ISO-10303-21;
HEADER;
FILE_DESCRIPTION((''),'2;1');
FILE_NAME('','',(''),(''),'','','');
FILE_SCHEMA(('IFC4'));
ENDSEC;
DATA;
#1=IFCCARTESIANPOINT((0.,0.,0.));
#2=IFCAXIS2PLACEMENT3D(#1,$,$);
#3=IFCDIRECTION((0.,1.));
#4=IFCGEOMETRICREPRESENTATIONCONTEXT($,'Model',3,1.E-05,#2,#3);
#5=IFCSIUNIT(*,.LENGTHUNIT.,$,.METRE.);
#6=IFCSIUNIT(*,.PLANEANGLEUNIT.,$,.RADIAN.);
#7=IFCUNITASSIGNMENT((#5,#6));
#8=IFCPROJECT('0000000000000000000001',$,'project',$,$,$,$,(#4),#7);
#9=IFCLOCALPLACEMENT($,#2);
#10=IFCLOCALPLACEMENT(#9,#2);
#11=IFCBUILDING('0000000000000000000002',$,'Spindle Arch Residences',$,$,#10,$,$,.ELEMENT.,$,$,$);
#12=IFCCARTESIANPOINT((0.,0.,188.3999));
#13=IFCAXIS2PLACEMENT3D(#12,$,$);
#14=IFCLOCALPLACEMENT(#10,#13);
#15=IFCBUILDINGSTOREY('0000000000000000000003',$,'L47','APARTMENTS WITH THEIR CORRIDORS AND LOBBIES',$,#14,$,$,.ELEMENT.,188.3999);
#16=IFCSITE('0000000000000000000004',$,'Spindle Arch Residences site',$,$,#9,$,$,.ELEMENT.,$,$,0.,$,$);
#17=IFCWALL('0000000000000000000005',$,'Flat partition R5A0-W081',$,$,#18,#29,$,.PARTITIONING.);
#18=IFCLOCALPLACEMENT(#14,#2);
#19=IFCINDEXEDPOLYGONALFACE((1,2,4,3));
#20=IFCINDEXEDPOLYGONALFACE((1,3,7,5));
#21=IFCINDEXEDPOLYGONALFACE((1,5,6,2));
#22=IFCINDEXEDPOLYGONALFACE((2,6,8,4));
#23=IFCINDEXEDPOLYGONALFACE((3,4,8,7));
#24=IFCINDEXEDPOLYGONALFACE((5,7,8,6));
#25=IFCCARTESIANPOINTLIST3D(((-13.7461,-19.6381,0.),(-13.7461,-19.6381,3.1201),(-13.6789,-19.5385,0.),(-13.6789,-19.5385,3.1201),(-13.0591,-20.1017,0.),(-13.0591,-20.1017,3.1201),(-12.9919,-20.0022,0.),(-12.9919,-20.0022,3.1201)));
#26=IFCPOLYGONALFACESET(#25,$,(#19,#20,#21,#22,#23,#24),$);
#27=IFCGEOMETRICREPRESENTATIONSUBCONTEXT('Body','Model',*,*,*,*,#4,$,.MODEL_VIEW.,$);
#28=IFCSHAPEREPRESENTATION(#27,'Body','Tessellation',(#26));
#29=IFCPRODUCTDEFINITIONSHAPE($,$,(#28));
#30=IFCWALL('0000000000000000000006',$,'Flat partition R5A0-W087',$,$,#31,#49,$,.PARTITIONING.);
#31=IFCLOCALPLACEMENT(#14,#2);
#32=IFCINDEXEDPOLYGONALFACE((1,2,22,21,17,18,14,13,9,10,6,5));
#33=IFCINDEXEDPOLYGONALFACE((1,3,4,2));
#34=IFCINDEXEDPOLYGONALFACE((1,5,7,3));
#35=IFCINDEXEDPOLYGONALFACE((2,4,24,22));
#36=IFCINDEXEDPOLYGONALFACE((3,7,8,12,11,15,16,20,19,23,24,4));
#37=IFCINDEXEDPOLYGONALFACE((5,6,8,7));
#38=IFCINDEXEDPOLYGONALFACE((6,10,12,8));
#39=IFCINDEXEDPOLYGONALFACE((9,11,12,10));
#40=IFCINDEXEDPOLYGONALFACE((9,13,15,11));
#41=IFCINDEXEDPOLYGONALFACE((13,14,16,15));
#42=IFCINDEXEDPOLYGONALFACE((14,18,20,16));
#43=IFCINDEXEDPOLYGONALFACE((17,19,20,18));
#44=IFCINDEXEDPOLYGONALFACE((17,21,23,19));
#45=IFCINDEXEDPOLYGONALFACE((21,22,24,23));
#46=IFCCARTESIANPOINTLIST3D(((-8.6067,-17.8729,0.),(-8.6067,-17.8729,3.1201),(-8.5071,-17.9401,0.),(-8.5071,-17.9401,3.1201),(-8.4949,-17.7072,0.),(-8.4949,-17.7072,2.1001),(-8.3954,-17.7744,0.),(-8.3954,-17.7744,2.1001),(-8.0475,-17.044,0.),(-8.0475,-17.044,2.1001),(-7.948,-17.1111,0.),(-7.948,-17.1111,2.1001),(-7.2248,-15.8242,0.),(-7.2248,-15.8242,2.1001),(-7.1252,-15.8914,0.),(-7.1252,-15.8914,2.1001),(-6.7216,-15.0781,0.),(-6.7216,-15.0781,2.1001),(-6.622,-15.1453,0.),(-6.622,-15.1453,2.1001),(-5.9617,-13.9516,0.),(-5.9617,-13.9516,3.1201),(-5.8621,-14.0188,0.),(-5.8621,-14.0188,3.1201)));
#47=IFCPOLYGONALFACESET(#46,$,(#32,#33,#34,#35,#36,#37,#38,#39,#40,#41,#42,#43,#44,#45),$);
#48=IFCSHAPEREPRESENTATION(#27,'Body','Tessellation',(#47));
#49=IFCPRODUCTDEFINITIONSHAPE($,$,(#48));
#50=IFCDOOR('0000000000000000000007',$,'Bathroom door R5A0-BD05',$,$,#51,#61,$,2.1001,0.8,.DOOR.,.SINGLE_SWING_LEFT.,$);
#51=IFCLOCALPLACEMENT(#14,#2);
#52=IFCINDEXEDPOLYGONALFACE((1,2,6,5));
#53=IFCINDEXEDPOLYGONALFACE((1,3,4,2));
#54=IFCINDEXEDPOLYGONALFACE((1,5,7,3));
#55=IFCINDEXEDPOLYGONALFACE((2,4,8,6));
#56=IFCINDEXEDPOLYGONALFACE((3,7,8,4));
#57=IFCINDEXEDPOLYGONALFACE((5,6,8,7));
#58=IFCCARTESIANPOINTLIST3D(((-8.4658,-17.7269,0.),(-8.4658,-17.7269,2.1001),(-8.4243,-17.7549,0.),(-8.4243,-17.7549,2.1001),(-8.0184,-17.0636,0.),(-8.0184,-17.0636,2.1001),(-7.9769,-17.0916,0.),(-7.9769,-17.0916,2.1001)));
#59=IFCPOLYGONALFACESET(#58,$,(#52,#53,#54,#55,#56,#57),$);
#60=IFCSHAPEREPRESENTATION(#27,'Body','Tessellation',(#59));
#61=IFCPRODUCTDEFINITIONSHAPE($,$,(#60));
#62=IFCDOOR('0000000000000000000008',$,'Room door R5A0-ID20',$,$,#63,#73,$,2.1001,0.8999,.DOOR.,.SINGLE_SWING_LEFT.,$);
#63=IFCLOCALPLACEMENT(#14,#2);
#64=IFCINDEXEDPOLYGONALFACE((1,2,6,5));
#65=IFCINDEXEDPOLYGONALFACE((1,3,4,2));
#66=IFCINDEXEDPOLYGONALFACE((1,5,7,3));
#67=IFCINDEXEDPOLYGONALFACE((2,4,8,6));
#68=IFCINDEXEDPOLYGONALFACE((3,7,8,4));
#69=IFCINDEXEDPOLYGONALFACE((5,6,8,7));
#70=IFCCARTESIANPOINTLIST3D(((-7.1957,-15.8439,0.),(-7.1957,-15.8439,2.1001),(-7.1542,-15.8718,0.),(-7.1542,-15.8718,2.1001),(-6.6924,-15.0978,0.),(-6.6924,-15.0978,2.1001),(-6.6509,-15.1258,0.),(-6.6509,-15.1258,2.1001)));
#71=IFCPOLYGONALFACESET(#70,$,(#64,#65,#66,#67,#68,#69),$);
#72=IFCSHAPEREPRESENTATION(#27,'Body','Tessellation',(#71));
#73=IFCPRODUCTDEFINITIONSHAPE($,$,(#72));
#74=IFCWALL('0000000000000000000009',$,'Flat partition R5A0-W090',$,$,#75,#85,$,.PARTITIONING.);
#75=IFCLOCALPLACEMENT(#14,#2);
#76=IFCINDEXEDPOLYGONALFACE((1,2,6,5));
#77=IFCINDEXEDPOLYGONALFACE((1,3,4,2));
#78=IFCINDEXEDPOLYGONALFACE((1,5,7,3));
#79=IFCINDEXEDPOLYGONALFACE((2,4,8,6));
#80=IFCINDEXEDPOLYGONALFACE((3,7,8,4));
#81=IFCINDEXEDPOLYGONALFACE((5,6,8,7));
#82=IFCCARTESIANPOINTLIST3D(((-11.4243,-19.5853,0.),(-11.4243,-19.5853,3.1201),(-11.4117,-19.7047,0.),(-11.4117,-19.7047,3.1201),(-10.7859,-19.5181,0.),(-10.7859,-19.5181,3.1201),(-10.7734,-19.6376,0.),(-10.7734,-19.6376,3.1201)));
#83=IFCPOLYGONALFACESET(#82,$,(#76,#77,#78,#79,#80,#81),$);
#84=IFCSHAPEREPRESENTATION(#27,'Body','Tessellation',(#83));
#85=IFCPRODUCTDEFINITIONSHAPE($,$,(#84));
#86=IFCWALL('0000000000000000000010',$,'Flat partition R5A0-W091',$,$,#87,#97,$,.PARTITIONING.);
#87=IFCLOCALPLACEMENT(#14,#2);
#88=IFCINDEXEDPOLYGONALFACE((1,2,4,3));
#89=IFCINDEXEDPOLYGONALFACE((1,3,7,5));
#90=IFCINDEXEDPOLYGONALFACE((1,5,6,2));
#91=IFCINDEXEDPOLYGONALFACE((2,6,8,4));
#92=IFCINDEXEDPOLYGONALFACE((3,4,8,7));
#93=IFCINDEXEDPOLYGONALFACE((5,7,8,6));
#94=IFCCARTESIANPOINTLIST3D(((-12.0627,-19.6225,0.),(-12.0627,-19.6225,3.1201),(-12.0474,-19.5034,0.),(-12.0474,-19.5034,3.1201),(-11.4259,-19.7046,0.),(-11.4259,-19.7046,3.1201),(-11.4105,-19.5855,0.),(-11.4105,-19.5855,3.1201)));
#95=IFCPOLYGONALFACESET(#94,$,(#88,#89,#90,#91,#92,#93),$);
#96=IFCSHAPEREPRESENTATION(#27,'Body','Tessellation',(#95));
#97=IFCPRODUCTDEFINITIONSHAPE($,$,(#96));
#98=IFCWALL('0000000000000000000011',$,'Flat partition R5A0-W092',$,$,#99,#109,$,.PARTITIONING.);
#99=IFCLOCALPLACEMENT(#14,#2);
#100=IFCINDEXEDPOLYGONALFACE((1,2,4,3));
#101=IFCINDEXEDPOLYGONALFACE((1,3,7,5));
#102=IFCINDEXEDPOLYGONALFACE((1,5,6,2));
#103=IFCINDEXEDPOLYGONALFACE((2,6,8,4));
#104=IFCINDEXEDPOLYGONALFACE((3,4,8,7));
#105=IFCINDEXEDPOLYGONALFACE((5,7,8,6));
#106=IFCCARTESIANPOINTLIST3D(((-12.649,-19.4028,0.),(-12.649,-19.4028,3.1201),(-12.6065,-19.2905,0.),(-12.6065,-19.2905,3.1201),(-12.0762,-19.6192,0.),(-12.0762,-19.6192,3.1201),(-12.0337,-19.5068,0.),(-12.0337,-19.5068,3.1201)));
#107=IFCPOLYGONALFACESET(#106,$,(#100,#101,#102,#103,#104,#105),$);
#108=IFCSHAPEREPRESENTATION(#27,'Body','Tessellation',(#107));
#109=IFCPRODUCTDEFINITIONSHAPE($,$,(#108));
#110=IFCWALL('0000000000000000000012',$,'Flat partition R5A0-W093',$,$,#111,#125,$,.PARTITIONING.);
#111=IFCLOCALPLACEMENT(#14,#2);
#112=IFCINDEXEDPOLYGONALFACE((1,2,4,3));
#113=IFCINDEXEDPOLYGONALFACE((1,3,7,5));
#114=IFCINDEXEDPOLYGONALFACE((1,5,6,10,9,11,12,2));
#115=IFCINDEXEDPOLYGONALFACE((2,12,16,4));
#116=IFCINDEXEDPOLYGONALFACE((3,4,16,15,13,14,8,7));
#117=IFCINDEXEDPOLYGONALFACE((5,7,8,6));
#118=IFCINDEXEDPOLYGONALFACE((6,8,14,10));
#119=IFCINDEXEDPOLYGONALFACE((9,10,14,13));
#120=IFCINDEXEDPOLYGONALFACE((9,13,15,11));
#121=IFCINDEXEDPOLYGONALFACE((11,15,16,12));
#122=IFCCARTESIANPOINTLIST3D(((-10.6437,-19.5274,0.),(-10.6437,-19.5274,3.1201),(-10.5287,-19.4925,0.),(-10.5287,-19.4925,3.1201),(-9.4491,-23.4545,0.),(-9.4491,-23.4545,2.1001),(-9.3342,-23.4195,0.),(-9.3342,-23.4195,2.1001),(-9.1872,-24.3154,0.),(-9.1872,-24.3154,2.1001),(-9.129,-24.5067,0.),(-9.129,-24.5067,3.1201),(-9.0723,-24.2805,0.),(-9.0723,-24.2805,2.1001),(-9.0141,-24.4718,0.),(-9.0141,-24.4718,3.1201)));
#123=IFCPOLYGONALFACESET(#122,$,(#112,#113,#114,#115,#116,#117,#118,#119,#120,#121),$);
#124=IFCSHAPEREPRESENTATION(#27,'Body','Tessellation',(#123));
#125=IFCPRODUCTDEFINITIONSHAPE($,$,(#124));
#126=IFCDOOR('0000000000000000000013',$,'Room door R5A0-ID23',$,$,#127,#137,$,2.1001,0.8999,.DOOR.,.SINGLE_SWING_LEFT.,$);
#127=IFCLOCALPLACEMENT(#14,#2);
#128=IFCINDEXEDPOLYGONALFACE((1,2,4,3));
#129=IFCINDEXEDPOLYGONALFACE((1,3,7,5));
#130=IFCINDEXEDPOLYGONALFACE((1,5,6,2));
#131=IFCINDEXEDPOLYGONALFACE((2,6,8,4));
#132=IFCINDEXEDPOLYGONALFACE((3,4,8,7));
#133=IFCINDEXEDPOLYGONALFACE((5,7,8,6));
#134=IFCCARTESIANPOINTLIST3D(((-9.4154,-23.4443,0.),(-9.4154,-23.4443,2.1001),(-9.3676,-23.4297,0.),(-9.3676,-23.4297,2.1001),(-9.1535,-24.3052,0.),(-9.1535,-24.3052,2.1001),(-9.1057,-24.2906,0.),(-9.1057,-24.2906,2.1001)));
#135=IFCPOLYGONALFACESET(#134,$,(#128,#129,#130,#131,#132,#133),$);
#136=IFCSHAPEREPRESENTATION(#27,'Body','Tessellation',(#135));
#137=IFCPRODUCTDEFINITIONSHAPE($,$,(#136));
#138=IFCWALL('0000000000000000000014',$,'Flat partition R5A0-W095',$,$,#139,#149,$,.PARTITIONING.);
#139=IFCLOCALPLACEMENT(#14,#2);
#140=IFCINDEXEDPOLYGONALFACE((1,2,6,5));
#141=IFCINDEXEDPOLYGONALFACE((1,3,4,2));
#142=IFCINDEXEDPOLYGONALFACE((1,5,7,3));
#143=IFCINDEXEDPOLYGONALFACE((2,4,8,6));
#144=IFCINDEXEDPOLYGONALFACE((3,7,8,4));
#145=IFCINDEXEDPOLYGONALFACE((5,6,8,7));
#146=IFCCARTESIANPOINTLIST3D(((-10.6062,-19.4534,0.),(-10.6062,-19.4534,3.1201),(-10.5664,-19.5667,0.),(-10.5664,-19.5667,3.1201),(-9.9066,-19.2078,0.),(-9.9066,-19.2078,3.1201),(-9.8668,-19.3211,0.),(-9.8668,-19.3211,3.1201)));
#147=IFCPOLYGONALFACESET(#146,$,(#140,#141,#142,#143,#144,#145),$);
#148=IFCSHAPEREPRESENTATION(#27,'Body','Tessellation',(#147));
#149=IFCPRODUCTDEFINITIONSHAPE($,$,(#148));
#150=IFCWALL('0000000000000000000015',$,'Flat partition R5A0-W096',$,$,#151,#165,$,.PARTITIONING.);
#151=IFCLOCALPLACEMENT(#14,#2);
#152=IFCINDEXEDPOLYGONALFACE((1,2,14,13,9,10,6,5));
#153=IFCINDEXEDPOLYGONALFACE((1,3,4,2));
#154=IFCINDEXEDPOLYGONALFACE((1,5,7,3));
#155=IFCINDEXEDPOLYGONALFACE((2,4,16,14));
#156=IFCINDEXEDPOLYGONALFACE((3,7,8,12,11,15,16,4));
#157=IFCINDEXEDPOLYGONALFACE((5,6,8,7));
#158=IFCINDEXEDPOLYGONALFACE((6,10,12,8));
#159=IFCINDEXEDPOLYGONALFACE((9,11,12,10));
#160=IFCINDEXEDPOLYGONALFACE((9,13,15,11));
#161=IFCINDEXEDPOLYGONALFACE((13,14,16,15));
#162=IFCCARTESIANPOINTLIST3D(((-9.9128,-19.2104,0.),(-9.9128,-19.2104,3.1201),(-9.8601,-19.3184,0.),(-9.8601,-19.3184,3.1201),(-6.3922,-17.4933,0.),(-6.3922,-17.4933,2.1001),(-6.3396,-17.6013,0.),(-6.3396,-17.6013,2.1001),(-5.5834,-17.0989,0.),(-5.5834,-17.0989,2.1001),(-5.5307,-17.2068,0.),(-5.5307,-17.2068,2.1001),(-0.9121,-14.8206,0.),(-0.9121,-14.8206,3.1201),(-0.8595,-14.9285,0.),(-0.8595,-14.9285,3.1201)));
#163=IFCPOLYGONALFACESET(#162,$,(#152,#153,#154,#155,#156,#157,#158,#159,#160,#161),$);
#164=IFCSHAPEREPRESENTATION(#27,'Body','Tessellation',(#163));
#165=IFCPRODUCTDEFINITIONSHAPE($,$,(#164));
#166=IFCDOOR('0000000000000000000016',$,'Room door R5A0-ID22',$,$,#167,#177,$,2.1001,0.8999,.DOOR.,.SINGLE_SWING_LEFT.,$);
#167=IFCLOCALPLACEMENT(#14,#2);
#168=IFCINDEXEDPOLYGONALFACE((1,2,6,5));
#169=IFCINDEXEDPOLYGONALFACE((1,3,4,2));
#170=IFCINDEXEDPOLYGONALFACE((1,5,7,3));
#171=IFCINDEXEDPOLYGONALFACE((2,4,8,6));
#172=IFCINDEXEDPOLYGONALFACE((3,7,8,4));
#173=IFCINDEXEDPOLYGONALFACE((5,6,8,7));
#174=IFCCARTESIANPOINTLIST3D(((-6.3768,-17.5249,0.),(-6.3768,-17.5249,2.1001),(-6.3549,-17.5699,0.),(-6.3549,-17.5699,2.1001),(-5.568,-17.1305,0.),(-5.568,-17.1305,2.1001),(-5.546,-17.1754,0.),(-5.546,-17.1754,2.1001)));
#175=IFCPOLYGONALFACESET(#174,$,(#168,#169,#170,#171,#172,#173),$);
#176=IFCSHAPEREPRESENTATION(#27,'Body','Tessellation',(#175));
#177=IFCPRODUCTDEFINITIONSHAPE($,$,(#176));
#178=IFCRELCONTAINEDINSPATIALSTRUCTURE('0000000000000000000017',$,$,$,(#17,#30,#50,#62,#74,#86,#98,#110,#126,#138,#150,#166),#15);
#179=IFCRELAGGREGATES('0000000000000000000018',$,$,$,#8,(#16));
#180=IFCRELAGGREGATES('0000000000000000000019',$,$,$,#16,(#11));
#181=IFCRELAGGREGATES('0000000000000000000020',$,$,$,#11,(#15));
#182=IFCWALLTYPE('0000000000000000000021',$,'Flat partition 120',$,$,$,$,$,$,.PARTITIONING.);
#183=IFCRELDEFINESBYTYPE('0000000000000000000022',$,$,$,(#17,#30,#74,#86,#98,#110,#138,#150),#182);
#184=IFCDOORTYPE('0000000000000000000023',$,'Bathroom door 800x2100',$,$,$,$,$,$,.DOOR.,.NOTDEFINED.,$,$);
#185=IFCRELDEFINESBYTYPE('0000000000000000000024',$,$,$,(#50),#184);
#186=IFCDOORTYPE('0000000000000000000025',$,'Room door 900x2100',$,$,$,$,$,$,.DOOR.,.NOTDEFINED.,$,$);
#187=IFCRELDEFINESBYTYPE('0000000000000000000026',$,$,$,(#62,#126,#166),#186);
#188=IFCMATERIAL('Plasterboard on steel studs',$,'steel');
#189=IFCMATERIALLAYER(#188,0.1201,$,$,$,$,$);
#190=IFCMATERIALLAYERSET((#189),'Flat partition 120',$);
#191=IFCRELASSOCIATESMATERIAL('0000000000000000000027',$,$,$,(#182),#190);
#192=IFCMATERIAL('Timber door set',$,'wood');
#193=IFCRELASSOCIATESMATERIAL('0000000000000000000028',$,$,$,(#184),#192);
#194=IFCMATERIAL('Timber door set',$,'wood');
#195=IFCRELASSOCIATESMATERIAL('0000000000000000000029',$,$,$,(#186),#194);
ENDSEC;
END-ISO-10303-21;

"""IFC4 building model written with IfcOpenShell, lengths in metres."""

from ifc_helpers import new_model, si_unit, direction, frame, frame_2d, origin, place, context, subcontext, project, spatial, rectangle, extrude, material, layer, layer_set, type_object, element, fill, save


model = new_model("IFC4")

# Units and contexts
model_context = context("Model", 3, precision=1e-05, world=origin(), true_north=direction((0.0, 1.0)))
body_context = subcontext(model_context, "Body", "Model", "MODEL_VIEW")
ifc_project = project(units=[si_unit("LENGTHUNIT", "METRE"), si_unit("PLANEANGLEUNIT", "RADIAN")], contexts=[model_context])

# Site, building, storey
site_placement = place(None, origin())
site = spatial("IfcSite", under=ifc_project, at=site_placement, Name="Spindle Arch Residences site", CompositionType="ELEMENT", RefElevation=0.0)
building_placement = place(site_placement, origin())
building = spatial("IfcBuilding", under=site, at=building_placement, Name="Spindle Arch Residences", CompositionType="ELEMENT")
storey_placement = place(building_placement, frame((0.0, 0.0, 188.3999)))
storey = spatial("IfcBuildingStorey", under=building, at=storey_placement, Name="L47", Description="APARTMENTS WITH THEIR CORRIDORS AND LOBBIES", CompositionType="ELEMENT", Elevation=188.3999)

# Wall
ifc_material_1 = material(Name="Plasterboard on steel studs", Category="steel")
ifc_layer_1 = layer(ifc_material_1, 0.1201)
ifc_layer_set_1 = layer_set([ifc_layer_1], Name="Flat partition 120")
wall_type_1 = type_object("IfcWallType", Name="Flat partition 120", PredefinedType="PARTITIONING", material=ifc_layer_set_1)
wall_1_placement = place(storey_placement, frame((-13.0254, -20.052, 0.0), z_axis=(0.0, 0.0, 1.0), x_axis=(-0.82891, 0.559382, 0.0)))
element("IfcWall", 1, at=wall_1_placement, inside=storey, type_object=wall_type_1, Name="Flat partition R5A0-W081", PredefinedType="PARTITIONING", context=body_context, shape_type="SweptSolid", body=[
    extrude(rectangle(XDim=0.8289, YDim=0.1201, at=frame_2d((0.4146, 0.0))), origin(), (0.0, 0.0, 1.0), 3.1201),
])

# Wall, openings, doors
wall_2_placement = place(storey_placement, frame((-8.5569, -17.9065, 0.0), z_axis=(0.0, 0.0, 1.0), x_axis=(0.559194, 0.829037, 0.0)))
wall_2 = element("IfcWall", 2, at=wall_2_placement, inside=storey, type_object=wall_type_1, Name="Flat partition R5A0-W087", PredefinedType="PARTITIONING", context=body_context, shape_type="SweptSolid", body=[
    extrude(rectangle(XDim=4.73, YDim=0.1201, at=frame_2d((2.365, 0.0))), origin(), (0.0, 0.0, 1.0), 3.1201),
])
opening_1_placement = place(wall_2_placement, frame((0.2, 0.0, 0.0)))
opening_1 = element("IfcOpeningElement", 3, at=opening_1_placement, cuts=wall_2, PredefinedType="OPENING", context=body_context, shape_type="SweptSolid", body=[
    extrude(rectangle(XDim=0.8, YDim=2.1001, at=frame_2d((0.3999, 1.05))), frame((0.0, 0.0701, 0.0), z_axis=(0.0, -1.0, 0.0), x_axis=(1.0, 0.0, 0.0)), (0.0, 0.0, 1.0), 0.1401),
])
opening_2_placement = place(wall_2_placement, frame((2.4712, 0.0, 0.0)))
opening_2 = element("IfcOpeningElement", 4, at=opening_2_placement, cuts=wall_2, PredefinedType="OPENING", context=body_context, shape_type="SweptSolid", body=[
    extrude(rectangle(XDim=0.8999, YDim=2.1001, at=frame_2d((0.45, 1.05))), frame((0.0, 0.0701, 0.0), z_axis=(0.0, -1.0, 0.0), x_axis=(1.0, 0.0, 0.0)), (0.0, 0.0, 1.0), 0.1401),
])
ifc_material_2 = material(Name="Timber door set", Category="wood")
door_type_1 = type_object("IfcDoorType", Name="Bathroom door 800x2100", OperationType="NOTDEFINED", PredefinedType="DOOR", material=ifc_material_2)
door_1_placement = place(opening_1_placement, origin())
door_1 = element("IfcDoor", 5, at=door_1_placement, inside=storey, type_object=door_type_1, Name="Bathroom door R5A0-BD05", OperationType="SINGLE_SWING_LEFT", OverallHeight=2.1001, OverallWidth=0.8, PredefinedType="DOOR", context=body_context, shape_type="SweptSolid", body=[
    extrude(rectangle(XDim=0.8, YDim=2.1001, at=frame_2d((0.3999, 1.05))), frame((0.0, 0.0249, 0.0), z_axis=(0.0, -1.0, 0.0), x_axis=(1.0, 0.0, 0.0)), (0.0, 0.0, 1.0), 0.05),
])
fill(opening_1, door_1)
ifc_material_3 = material(Name="Timber door set", Category="wood")
door_type_2 = type_object("IfcDoorType", Name="Room door 900x2100", OperationType="NOTDEFINED", PredefinedType="DOOR", material=ifc_material_3)
door_2_placement = place(opening_2_placement, origin())
door_2 = element("IfcDoor", 6, at=door_2_placement, inside=storey, type_object=door_type_2, Name="Room door R5A0-ID20", OperationType="SINGLE_SWING_LEFT", OverallHeight=2.1001, OverallWidth=0.8999, PredefinedType="DOOR", context=body_context, shape_type="SweptSolid", body=[
    extrude(rectangle(XDim=0.8999, YDim=2.1001, at=frame_2d((0.45, 1.05))), frame((0.0, 0.0249, 0.0), z_axis=(0.0, -1.0, 0.0), x_axis=(1.0, 0.0, 0.0)), (0.0, 0.0, 1.0), 0.05),
])
fill(opening_2, door_2)

# Walls
wall_3_placement = place(storey_placement, frame((-10.7798, -19.5779, 0.0), z_axis=(0.0, 0.0, 1.0), x_axis=(-0.994516, -0.104586, 0.0)))
element("IfcWall", 7, at=wall_3_placement, inside=storey, type_object=wall_type_1, Name="Flat partition R5A0-W090", PredefinedType="PARTITIONING", context=body_context, shape_type="SweptSolid", body=[
    extrude(rectangle(XDim=0.6418, YDim=0.1201, at=frame_2d((0.3208, 0.0))), origin(), (0.0, 0.0, 1.0), 3.1201),
])
wall_4_placement = place(storey_placement, frame((-11.4182, -19.645, 0.0), z_axis=(0.0, 0.0, 1.0), x_axis=(-0.991803, 0.127778, 0.0)))
element("IfcWall", 8, at=wall_4_placement, inside=storey, type_object=wall_type_1, Name="Flat partition R5A0-W091", PredefinedType="PARTITIONING", context=body_context, shape_type="SweptSolid", body=[
    extrude(rectangle(XDim=0.6421, YDim=0.1201, at=frame_2d((0.321, 0.0))), origin(), (0.0, 0.0, 1.0), 3.1201),
])
wall_5_placement = place(storey_placement, frame((-12.0549, -19.563, 0.0), z_axis=(0.0, 0.0, 1.0), x_axis=(-0.935507, 0.353308, 0.0)))
element("IfcWall", 9, at=wall_5_placement, inside=storey, type_object=wall_type_1, Name="Flat partition R5A0-W092", PredefinedType="PARTITIONING", context=body_context, shape_type="SweptSolid", body=[
    extrude(rectangle(XDim=0.6123, YDim=0.1201, at=frame_2d((0.3062, 0.0))), origin(), (0.0, 0.0, 1.0), 3.1201),
])

# Wall, opening, door
wall_6_placement = place(storey_placement, frame((-9.0715, -24.4893, 0.0), z_axis=(0.0, 0.0, 1.0), x_axis=(-0.291025, 0.956715, 0.0)))
wall_6 = element("IfcWall", 10, at=wall_6_placement, inside=storey, type_object=wall_type_1, Name="Flat partition R5A0-W093", PredefinedType="PARTITIONING", context=body_context, shape_type="SweptSolid", body=[
    extrude(rectangle(XDim=5.2046, YDim=0.1201, at=frame_2d((2.6023, 0.0))), origin(), (0.0, 0.0, 1.0), 3.1201),
])
opening_3_placement = place(wall_6_placement, frame((0.2, 0.0, 0.0)))
opening_3 = element("IfcOpeningElement", 11, at=opening_3_placement, cuts=wall_6, PredefinedType="OPENING", context=body_context, shape_type="SweptSolid", body=[
    extrude(rectangle(XDim=0.8999, YDim=2.1001, at=frame_2d((0.45, 1.05))), frame((0.0, 0.0701, 0.0), z_axis=(0.0, -1.0, 0.0), x_axis=(1.0, 0.0, 0.0)), (0.0, 0.0, 1.0), 0.1401),
])
door_3_placement = place(opening_3_placement, origin())
door_3 = element("IfcDoor", 12, at=door_3_placement, inside=storey, type_object=door_type_2, Name="Room door R5A0-ID23", OperationType="SINGLE_SWING_LEFT", OverallHeight=2.1001, OverallWidth=0.8999, PredefinedType="DOOR", context=body_context, shape_type="SweptSolid", body=[
    extrude(rectangle(XDim=0.8999, YDim=2.1001, at=frame_2d((0.45, 1.05))), frame((0.0, 0.0249, 0.0), z_axis=(0.0, -1.0, 0.0), x_axis=(1.0, 0.0, 0.0)), (0.0, 0.0, 1.0), 0.05),
])
fill(opening_3, door_3)

# Wall
wall_7_placement = place(storey_placement, frame((-10.5862, -19.51, 0.0), z_axis=(0.0, 0.0, 1.0), x_axis=(0.94356, 0.331201, 0.0)))
element("IfcWall", 13, at=wall_7_placement, inside=storey, type_object=wall_type_1, Name="Flat partition R5A0-W095", PredefinedType="PARTITIONING", context=body_context, shape_type="SweptSolid", body=[
    extrude(rectangle(XDim=0.7415, YDim=0.1201, at=frame_2d((0.3706, 0.0))), origin(), (0.0, 0.0, 1.0), 3.1201),
])

# Wall, opening, door
wall_8_placement = place(storey_placement, frame((-9.8865, -19.2644, 0.0), z_axis=(0.0, 0.0, 1.0), x_axis=(0.898796, 0.438366, 0.0)))
wall_8 = element("IfcWall", 14, at=wall_8_placement, inside=storey, type_object=wall_type_1, Name="Flat partition R5A0-W096", PredefinedType="PARTITIONING", context=body_context, shape_type="SweptSolid", body=[
    extrude(rectangle(XDim=10.0142, YDim=0.1201, at=frame_2d((5.0071, 0.0))), origin(), (0.0, 0.0, 1.0), 3.1201),
])
opening_4_placement = place(wall_8_placement, frame((3.917, 0.0, 0.0)))
opening_4 = element("IfcOpeningElement", 15, at=opening_4_placement, cuts=wall_8, PredefinedType="OPENING", context=body_context, shape_type="SweptSolid", body=[
    extrude(rectangle(XDim=0.8999, YDim=2.1001, at=frame_2d((0.45, 1.05))), frame((0.0, 0.0701, 0.0), z_axis=(0.0, -1.0, 0.0), x_axis=(1.0, 0.0, 0.0)), (0.0, 0.0, 1.0), 0.1401),
])
door_4_placement = place(opening_4_placement, origin())
door_4 = element("IfcDoor", 16, at=door_4_placement, inside=storey, type_object=door_type_2, Name="Room door R5A0-ID22", OperationType="SINGLE_SWING_LEFT", OverallHeight=2.1001, OverallWidth=0.8999, PredefinedType="DOOR", context=body_context, shape_type="SweptSolid", body=[
    extrude(rectangle(XDim=0.8999, YDim=2.1001, at=frame_2d((0.45, 1.05))), frame((0.0, 0.0249, 0.0), z_axis=(0.0, -1.0, 0.0), x_axis=(1.0, 0.0, 0.0)), (0.0, 0.0, 1.0), 0.05),
])
fill(opening_4, door_4)

save(model, "model.ifc")
